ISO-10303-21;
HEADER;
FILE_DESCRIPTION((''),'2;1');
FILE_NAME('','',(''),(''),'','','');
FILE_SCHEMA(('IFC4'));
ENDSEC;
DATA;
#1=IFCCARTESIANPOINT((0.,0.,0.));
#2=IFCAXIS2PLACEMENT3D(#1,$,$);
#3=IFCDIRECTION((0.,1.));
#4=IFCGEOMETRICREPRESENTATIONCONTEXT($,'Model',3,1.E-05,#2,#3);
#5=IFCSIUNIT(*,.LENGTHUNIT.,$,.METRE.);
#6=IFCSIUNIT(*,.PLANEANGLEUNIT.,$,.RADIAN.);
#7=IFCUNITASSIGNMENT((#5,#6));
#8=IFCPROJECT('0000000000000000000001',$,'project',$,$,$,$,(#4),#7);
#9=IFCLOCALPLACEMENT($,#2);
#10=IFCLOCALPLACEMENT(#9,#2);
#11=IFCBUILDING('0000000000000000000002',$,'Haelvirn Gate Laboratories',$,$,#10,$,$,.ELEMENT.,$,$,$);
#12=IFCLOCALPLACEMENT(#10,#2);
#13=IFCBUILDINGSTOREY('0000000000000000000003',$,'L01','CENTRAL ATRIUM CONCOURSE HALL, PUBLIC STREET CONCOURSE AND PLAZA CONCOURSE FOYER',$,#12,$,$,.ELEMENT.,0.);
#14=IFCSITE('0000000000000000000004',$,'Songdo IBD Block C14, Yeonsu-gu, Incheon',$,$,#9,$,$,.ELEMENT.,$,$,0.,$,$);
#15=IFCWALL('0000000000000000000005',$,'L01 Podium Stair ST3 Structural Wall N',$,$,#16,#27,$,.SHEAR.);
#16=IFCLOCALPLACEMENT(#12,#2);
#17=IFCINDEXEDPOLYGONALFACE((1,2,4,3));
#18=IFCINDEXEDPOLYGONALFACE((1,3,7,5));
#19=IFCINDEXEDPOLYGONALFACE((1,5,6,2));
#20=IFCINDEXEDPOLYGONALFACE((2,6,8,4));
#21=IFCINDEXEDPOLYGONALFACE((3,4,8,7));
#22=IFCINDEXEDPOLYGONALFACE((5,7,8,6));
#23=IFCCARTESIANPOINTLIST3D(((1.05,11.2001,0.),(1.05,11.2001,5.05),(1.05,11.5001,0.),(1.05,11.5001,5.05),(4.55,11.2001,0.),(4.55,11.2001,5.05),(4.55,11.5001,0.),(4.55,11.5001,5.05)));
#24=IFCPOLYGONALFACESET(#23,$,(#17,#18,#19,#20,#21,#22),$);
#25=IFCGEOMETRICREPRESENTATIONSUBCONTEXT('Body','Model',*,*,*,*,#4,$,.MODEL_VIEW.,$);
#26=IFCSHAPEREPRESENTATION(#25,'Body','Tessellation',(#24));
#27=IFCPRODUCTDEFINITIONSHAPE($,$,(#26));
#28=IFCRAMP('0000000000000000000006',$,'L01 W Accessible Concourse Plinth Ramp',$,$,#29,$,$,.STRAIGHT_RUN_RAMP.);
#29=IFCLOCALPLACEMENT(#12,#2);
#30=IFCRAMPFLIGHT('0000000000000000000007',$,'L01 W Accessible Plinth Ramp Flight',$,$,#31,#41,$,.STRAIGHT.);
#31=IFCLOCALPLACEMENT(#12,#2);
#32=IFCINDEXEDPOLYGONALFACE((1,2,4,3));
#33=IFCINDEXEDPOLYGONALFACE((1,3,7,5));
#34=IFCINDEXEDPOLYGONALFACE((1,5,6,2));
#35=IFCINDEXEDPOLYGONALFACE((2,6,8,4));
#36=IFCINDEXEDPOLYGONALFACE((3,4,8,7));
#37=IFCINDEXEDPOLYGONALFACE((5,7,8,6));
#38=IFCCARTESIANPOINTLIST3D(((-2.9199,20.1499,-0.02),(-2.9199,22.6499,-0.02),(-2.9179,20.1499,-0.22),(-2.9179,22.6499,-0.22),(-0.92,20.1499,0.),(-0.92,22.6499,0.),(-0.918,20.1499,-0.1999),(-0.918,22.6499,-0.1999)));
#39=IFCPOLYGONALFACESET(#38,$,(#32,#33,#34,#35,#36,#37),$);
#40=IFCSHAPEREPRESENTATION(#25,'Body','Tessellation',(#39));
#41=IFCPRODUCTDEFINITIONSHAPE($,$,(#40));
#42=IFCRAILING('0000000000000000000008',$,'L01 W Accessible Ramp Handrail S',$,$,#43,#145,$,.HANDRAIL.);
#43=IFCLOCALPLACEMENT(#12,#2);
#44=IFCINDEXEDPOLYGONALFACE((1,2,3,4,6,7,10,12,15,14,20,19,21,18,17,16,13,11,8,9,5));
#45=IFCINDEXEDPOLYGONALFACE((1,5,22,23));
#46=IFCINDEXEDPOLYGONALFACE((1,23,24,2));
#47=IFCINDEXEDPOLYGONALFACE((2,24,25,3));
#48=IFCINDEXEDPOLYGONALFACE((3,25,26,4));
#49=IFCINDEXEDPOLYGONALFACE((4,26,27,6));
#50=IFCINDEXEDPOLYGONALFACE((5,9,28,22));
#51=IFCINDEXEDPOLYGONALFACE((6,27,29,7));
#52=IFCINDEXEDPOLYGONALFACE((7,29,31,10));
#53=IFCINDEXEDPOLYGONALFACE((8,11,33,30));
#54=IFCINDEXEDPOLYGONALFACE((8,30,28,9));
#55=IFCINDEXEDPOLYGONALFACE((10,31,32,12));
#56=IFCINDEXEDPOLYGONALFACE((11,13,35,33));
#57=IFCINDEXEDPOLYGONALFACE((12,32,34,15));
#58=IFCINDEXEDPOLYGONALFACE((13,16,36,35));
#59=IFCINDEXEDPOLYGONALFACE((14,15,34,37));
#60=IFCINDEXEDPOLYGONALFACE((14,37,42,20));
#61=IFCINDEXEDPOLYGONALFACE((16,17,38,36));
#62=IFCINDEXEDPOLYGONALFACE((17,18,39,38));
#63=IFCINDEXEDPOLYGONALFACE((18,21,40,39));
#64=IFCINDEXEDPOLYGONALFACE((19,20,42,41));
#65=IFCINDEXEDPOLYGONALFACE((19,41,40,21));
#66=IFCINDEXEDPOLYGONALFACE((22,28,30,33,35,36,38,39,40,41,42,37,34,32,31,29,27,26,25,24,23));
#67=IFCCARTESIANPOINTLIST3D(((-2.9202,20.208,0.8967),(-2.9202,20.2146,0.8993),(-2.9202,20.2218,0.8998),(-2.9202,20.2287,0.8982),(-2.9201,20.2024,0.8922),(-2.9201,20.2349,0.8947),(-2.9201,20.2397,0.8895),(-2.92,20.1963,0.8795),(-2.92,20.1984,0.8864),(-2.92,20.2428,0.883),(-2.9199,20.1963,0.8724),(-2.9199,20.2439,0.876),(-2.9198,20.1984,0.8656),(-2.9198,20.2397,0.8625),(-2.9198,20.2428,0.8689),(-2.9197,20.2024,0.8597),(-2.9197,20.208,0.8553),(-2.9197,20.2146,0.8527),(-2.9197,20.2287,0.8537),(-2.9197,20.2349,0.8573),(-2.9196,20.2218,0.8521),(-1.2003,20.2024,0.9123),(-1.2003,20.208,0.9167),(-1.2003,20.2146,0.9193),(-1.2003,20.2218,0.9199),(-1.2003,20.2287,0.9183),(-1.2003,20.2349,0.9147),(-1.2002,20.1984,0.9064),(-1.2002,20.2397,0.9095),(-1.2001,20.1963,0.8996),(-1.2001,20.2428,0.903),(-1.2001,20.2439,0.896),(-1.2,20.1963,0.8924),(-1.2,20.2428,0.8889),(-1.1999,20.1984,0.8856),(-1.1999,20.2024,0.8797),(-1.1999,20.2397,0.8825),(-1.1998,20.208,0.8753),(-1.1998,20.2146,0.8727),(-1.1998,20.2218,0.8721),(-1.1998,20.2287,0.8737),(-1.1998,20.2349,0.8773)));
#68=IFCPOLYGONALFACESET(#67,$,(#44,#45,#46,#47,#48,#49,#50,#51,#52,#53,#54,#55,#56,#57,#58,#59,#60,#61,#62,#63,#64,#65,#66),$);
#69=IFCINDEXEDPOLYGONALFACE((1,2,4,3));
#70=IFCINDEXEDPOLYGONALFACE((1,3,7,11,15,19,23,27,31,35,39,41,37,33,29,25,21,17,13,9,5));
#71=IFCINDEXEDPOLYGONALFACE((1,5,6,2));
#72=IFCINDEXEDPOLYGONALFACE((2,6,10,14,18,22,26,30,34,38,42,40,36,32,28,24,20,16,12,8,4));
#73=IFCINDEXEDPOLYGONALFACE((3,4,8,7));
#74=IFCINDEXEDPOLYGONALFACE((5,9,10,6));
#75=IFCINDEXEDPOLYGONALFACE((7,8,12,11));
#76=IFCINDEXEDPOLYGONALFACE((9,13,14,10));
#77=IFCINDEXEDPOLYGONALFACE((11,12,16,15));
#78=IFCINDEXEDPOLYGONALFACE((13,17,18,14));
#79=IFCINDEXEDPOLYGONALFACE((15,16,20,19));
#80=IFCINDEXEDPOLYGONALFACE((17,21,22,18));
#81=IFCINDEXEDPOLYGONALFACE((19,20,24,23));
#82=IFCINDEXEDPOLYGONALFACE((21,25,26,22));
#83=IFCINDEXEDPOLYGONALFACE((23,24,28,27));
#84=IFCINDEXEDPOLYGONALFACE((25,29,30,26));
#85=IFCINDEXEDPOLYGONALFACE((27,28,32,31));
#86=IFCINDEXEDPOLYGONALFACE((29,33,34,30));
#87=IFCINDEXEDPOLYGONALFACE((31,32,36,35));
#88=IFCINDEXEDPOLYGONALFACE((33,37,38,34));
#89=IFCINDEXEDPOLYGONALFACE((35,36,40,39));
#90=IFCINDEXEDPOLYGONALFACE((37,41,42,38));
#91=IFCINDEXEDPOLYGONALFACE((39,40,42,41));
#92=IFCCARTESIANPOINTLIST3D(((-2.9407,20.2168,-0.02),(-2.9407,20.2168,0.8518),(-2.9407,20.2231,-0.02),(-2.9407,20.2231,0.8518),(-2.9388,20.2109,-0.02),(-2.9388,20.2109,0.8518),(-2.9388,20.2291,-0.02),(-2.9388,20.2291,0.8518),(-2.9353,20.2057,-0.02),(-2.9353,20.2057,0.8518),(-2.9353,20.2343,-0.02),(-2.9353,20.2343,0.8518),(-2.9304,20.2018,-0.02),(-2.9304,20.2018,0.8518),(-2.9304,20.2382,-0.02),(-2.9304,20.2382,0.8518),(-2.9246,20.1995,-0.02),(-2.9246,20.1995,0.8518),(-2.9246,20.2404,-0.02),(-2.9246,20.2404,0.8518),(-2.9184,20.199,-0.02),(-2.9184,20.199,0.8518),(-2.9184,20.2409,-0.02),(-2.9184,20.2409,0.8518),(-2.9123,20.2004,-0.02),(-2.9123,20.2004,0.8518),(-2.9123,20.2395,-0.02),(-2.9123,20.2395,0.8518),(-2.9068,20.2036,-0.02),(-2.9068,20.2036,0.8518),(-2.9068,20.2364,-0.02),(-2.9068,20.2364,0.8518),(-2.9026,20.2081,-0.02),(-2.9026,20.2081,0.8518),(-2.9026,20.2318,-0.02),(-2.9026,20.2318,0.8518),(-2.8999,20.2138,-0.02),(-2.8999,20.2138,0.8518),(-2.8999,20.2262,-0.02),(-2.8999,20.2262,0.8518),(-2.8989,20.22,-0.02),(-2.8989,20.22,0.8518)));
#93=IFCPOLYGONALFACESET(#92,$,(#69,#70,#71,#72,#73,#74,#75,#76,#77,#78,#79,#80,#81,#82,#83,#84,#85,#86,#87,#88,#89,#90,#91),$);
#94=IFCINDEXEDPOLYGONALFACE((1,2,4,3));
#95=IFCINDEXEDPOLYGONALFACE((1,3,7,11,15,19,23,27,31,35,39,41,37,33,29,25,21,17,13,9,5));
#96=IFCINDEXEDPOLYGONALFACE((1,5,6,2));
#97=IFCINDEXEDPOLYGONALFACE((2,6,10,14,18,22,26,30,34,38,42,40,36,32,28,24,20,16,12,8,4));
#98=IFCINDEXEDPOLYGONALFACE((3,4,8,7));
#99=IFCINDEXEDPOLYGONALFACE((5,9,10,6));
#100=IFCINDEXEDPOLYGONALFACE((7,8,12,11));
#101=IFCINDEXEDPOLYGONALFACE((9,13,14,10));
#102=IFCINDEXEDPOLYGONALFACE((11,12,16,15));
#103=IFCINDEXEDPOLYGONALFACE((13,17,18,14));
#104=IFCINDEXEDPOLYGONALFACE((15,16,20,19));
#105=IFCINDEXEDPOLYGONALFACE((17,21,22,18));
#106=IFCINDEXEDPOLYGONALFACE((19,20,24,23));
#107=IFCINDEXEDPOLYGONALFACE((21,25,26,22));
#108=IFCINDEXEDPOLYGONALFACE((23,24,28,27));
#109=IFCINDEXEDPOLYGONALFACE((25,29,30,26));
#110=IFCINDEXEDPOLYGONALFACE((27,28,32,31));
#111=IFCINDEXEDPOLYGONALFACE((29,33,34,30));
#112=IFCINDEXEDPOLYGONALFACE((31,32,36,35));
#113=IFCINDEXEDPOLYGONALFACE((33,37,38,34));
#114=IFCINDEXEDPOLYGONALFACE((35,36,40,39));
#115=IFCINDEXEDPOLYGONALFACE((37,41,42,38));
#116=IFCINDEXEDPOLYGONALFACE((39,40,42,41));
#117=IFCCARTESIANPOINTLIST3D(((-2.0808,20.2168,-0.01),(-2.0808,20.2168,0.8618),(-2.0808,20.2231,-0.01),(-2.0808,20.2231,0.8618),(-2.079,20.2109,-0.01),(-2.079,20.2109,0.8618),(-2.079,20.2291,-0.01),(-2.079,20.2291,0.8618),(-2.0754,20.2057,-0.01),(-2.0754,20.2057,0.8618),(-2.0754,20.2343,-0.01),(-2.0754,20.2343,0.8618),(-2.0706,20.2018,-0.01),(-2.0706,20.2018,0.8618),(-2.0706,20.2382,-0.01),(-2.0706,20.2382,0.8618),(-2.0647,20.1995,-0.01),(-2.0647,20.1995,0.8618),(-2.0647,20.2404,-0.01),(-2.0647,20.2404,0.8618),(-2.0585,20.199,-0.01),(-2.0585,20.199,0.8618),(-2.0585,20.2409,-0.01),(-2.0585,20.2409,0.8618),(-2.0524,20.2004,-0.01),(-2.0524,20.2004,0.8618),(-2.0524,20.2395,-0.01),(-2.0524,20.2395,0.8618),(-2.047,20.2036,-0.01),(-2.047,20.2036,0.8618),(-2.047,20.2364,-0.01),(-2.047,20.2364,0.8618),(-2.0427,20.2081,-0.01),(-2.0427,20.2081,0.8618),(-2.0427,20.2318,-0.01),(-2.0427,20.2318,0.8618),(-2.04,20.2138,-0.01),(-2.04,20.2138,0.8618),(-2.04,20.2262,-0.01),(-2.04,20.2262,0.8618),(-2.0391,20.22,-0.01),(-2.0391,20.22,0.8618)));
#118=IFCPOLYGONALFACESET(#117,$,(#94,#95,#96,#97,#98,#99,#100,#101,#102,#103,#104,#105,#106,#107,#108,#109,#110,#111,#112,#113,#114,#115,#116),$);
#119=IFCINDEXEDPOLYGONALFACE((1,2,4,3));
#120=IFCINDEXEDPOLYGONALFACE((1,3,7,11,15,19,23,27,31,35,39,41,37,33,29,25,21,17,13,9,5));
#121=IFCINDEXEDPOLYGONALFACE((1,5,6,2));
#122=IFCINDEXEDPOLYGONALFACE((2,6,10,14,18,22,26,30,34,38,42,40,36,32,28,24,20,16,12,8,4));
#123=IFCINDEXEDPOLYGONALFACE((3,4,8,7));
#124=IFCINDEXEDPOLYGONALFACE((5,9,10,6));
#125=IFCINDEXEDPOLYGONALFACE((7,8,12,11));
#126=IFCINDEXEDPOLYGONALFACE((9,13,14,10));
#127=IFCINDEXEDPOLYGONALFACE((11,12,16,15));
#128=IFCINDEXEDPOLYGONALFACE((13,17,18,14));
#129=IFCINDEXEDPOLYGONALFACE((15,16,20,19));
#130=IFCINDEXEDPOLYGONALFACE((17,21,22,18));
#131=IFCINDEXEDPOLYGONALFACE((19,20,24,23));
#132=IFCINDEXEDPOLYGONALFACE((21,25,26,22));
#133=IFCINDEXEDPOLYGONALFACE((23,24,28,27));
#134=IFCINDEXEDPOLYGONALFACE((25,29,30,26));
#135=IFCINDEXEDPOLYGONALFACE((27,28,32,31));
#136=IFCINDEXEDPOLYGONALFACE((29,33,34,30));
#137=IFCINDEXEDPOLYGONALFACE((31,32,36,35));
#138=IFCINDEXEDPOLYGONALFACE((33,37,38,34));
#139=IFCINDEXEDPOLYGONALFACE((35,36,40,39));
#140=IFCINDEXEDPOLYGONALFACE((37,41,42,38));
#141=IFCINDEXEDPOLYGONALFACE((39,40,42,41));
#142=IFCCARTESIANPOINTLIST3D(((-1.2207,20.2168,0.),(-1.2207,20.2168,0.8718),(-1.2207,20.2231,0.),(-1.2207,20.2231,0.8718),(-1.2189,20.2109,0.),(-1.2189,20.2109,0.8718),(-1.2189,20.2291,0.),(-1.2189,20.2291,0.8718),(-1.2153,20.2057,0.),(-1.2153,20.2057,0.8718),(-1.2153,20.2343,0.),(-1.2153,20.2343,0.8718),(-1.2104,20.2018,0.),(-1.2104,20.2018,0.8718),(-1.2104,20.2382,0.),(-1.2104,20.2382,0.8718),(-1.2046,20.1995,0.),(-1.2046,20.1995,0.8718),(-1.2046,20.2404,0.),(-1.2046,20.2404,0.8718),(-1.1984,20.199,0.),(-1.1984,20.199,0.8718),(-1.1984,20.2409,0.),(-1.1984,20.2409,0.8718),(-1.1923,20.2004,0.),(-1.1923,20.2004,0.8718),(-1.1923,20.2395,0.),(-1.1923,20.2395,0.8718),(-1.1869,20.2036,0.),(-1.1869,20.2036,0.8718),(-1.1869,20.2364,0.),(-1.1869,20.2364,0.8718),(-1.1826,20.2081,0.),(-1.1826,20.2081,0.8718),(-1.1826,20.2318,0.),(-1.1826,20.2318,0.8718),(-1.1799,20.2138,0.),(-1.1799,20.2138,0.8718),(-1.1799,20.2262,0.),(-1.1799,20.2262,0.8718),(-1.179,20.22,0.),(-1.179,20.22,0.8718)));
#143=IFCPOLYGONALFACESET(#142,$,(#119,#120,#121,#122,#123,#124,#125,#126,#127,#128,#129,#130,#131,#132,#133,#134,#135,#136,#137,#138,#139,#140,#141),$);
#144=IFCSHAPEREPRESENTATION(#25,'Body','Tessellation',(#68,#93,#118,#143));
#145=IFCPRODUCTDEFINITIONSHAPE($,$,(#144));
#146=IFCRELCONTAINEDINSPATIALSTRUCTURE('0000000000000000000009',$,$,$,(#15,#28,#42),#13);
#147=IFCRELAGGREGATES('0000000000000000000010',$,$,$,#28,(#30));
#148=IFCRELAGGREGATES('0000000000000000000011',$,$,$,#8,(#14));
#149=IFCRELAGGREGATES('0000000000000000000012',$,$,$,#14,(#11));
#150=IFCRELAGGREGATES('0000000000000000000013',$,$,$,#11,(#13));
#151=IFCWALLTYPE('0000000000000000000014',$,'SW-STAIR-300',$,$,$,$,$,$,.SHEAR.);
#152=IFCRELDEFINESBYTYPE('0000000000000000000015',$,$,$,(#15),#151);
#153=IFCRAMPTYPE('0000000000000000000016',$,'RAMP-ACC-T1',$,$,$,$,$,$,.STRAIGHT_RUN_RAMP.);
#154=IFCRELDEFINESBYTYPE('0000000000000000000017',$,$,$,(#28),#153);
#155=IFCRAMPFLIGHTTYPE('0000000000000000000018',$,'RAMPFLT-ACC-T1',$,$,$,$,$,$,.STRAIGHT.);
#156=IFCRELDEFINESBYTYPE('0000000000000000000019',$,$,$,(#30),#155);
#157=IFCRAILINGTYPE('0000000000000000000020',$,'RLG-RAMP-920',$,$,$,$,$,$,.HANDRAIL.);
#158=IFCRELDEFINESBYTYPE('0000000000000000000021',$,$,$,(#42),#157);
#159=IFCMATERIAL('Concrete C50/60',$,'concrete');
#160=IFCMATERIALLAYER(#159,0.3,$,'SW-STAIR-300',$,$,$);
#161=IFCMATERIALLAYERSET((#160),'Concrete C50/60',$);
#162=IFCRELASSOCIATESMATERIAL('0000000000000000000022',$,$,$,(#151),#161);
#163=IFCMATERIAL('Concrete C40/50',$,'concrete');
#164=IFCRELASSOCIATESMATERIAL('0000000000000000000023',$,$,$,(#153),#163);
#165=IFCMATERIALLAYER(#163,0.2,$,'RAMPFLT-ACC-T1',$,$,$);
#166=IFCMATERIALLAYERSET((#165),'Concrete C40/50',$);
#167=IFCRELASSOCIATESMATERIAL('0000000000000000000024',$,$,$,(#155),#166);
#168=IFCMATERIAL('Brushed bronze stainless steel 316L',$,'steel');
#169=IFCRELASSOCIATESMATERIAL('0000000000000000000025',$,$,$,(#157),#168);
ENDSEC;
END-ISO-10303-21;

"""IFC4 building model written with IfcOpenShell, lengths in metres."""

from ifc_helpers import new_model, si_unit, direction, frame, frame_2d, origin, origin_2d, place, context, subcontext, project, spatial, polyline, rectangle, circle, outline, extrude, source, transform, mapped, material, layer, layer_set, type_object, type_shapes, element, aggregate, save


model = new_model("IFC4")

# Units and contexts
model_context = context("Model", 3, precision=1e-05, world=origin(), true_north=direction((0.0, 1.0)))
body_context = subcontext(model_context, "Body", "Model", "MODEL_VIEW")
ifc_project = project(units=[si_unit("LENGTHUNIT", "METRE"), si_unit("PLANEANGLEUNIT", "RADIAN")], contexts=[model_context])

# Site, building, storey
site_placement = place(None, origin())
site = spatial("IfcSite", under=ifc_project, at=site_placement, Name="Songdo IBD Block C14, Yeonsu-gu, Incheon", CompositionType="ELEMENT", RefElevation=0.0)
building_placement = place(site_placement, origin())
building = spatial("IfcBuilding", under=site, at=building_placement, Name="Haelvirn Gate Laboratories", CompositionType="ELEMENT")
storey_placement = place(building_placement, origin())
storey = spatial("IfcBuildingStorey", under=building, at=storey_placement, Name="L01", Description="CENTRAL ATRIUM CONCOURSE HALL, PUBLIC STREET CONCOURSE AND PLAZA CONCOURSE FOYER", CompositionType="ELEMENT", Elevation=0.0)

# Wall
ifc_material_1 = material(Name="Concrete C50/60", Category="concrete")
ifc_layer_1 = layer(ifc_material_1, 0.3, Name="SW-STAIR-300")
ifc_layer_set_1 = layer_set([ifc_layer_1], Name="Concrete C50/60")
wall_type = type_object("IfcWallType", Name="SW-STAIR-300", PredefinedType="SHEAR", material=ifc_layer_set_1)
wall_placement = place(storey_placement, frame((1.05, 11.3501, 0.0), z_axis=(0.0, 0.0, 1.0), x_axis=(1.0, 0.0, 0.0)))
element("IfcWall", 1, at=wall_placement, inside=storey, type_object=wall_type, Name="L01 Podium Stair ST3 Structural Wall N", PredefinedType="SHEAR", context=body_context, shape_type="SweptSolid", body=[
    extrude(rectangle(XDim=3.5, YDim=0.3, at=frame_2d((1.75, 0.0))), origin(), (0.0, 0.0, 1.0), 5.05),
])

# Ramp, ramp flight
ifc_material_2 = material(Name="Concrete C40/50", Category="concrete")
ramp_type = type_object("IfcRampType", Name="RAMP-ACC-T1", PredefinedType="STRAIGHT_RUN_RAMP", material=ifc_material_2)
ramp_placement = place(storey_placement, origin())
ramp = element("IfcRamp", 2, at=ramp_placement, inside=storey, type_object=ramp_type, Name="L01 W Accessible Concourse Plinth Ramp", PredefinedType="STRAIGHT_RUN_RAMP")
ifc_layer_2 = layer(ifc_material_2, 0.2, Name="RAMPFLT-ACC-T1")
ifc_layer_set_2 = layer_set([ifc_layer_2], Name="Concrete C40/50")
ramp_flight_type = type_object("IfcRampFlightType", Name="RAMPFLT-ACC-T1", PredefinedType="STRAIGHT", material=ifc_layer_set_2)
ramp_flight_placement = place(storey_placement, frame((-2.9199, 20.1499, -0.02), z_axis=(-0.010009, 0.0, 0.99995), x_axis=(0.99995, 0.0, 0.010009)))
ramp_flight = element("IfcRampFlight", 3, at=ramp_flight_placement, type_object=ramp_flight_type, Name="L01 W Accessible Plinth Ramp Flight", PredefinedType="STRAIGHT", context=body_context, shape_type="SweptSolid", body=[
    extrude(outline(polyline([(0.0, 0.0), (2.0, 0.0), (2.0, 2.5), (0.0, 2.5), (0.0, 0.0)])), origin(), (0.0, 0.0, -1.0), 0.2),
])
aggregate(ramp, [ramp_flight])

# Railing
ifc_material_3 = material(Name="Brushed bronze stainless steel 316L", Category="steel")
railing_type_1 = type_object("IfcRailingType", Name="RLG-RAMP-920", PredefinedType="HANDRAIL", material=ifc_material_3)
shared_shape_1 = source(origin(), body_context, "Body", "SweptSolid", [
    extrude(circle(Radius=0.0239, at=origin_2d()), frame((0.0, 0.0, 0.896), z_axis=(0.999932, 0.0, 0.011639), x_axis=(0.0, 1.0, 0.0)), (0.0, 0.0, 1.0), 1.72),
    extrude(circle(Radius=0.021, at=origin_2d()), origin(), (0.0, 0.0, 1.0), 0.8718),
    extrude(circle(Radius=0.021, at=origin_2d()), frame((0.8599, 0.0, 0.01)), (0.0, 0.0, 1.0), 0.8718),
    extrude(circle(Radius=0.021, at=origin_2d()), frame((1.72, 0.0, 0.02)), (0.0, 0.0, 1.0), 0.8718),
])
type_shapes(railing_type_1, [shared_shape_1])
railing_1_placement = place(storey_placement, frame((-2.9199, 20.22, -0.02)))
element("IfcRailing", 4, at=railing_1_placement, inside=storey, type_object=railing_type_1, Name="L01 W Accessible Ramp Handrail S", PredefinedType="HANDRAIL", context=body_context, shape_type="MappedRepresentation", body=[
    mapped(shared_shape_1, transform((0.0, 0.0, 0.0), scale=1.0)),
])

save(model, "model.ifc")
